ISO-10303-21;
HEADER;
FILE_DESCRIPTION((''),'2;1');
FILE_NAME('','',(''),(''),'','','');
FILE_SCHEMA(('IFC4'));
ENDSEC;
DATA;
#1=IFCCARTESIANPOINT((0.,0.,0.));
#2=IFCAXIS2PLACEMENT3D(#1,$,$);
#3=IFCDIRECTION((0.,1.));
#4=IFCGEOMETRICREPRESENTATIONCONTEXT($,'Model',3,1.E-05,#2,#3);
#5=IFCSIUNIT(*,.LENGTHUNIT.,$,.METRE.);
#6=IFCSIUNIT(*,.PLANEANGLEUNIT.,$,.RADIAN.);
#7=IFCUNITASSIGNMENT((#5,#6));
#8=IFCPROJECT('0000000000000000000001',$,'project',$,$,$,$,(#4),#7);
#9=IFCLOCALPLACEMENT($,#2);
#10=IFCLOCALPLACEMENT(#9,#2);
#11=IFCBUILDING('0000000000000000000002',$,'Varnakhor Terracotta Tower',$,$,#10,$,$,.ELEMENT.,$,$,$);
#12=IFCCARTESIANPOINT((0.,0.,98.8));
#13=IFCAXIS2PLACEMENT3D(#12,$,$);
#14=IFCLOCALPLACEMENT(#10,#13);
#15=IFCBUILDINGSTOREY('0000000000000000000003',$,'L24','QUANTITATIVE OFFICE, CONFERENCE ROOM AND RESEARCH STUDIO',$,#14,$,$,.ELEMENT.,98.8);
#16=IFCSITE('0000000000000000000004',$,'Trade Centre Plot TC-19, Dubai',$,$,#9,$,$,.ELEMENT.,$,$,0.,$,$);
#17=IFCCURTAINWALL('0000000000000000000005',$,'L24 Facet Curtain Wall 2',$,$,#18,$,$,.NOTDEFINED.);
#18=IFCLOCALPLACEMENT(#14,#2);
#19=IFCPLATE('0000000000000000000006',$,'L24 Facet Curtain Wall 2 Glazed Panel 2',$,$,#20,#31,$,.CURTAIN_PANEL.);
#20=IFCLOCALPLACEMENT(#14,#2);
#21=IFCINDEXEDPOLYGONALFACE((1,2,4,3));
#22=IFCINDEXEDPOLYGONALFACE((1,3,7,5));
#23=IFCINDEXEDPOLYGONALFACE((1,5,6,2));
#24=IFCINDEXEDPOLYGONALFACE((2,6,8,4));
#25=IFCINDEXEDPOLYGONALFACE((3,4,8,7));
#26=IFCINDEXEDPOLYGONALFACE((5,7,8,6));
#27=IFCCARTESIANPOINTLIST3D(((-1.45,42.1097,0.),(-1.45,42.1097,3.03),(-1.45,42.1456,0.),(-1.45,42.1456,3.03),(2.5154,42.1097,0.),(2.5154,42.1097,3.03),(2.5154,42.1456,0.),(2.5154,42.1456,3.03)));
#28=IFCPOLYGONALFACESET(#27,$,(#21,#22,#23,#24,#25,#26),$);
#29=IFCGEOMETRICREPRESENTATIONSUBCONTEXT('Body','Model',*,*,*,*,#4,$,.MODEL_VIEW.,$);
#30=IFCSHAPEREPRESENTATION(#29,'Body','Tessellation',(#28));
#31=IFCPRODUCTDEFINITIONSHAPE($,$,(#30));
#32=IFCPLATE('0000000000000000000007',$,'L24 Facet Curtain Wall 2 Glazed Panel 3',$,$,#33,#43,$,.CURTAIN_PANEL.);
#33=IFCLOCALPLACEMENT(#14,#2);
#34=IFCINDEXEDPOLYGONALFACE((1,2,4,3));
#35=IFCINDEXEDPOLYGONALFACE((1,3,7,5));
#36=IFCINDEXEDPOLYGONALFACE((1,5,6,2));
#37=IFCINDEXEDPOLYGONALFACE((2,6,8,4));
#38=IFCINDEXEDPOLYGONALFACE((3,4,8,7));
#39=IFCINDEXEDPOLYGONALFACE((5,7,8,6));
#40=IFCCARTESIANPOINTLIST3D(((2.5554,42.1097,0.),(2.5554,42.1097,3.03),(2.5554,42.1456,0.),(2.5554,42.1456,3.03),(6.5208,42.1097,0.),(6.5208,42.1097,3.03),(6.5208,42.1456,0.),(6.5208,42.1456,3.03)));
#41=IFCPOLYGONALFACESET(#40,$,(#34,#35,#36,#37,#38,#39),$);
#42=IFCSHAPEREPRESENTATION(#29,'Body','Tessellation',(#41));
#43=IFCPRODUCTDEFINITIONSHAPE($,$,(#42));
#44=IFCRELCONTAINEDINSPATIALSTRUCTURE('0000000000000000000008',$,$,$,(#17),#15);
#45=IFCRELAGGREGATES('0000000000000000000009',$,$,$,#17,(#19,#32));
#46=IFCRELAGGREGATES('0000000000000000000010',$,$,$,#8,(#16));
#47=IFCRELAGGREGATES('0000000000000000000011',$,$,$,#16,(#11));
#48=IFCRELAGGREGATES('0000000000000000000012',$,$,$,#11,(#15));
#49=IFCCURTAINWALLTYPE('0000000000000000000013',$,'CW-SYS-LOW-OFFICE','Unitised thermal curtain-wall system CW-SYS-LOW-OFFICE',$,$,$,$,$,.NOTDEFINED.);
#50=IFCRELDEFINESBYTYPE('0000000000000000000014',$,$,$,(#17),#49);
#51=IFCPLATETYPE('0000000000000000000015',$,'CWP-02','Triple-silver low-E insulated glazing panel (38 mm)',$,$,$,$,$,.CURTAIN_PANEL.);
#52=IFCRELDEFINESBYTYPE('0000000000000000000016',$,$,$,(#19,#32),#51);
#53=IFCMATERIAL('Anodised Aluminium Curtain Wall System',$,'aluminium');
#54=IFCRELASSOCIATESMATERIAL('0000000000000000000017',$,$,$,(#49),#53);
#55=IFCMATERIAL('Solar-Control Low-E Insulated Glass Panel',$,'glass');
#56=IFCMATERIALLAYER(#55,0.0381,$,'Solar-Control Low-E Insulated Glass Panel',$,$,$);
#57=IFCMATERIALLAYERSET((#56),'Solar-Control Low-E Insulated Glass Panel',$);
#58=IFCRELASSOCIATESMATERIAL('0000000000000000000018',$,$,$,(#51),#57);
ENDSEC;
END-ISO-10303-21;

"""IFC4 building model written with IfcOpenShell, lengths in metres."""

from ifc_helpers import new_model, si_unit, direction, frame, origin, origin_2d, place, context, subcontext, project, spatial, rectangle, extrude, source, transform, mapped, material, layer, layer_set, type_object, element, aggregate, save


model = new_model("IFC4")

# Units and contexts
model_context = context("Model", 3, precision=1e-05, world=origin(), true_north=direction((0.0, 1.0)))
body_context = subcontext(model_context, "Body", "Model", "MODEL_VIEW")
ifc_project = project(units=[si_unit("LENGTHUNIT", "METRE"), si_unit("PLANEANGLEUNIT", "RADIAN")], contexts=[model_context])

# Site, building, storey
site_placement = place(None, origin())
site = spatial("IfcSite", under=ifc_project, at=site_placement, Name="Trade Centre Plot TC-19, Dubai", CompositionType="ELEMENT", RefElevation=0.0)
building_placement = place(site_placement, origin())
building = spatial("IfcBuilding", under=site, at=building_placement, Name="Varnakhor Terracotta Tower", CompositionType="ELEMENT")
storey_placement = place(building_placement, frame((0.0, 0.0, 98.8)))
storey = spatial("IfcBuildingStorey", under=building, at=storey_placement, Name="L24", Description="QUANTITATIVE OFFICE, CONFERENCE ROOM AND RESEARCH STUDIO", CompositionType="ELEMENT", Elevation=98.8)

# Curtain wall
ifc_material_1 = material(Name="Anodised Aluminium Curtain Wall System", Category="aluminium")
curtain_wall_type = type_object("IfcCurtainWallType", Name="CW-SYS-LOW-OFFICE", Description="Unitised thermal curtain-wall system CW-SYS-LOW-OFFICE", PredefinedType="NOTDEFINED", material=ifc_material_1)
curtain_wall_1_placement = place(storey_placement, origin())
curtain_wall_1 = element("IfcCurtainWall", 1, at=curtain_wall_1_placement, inside=storey, type_object=curtain_wall_type, Name="L24 Facet Curtain Wall 2", PredefinedType="NOTDEFINED")

# Plates
ifc_material_2 = material(Name="Solar-Control Low-E Insulated Glass Panel", Category="glass")
ifc_layer = layer(ifc_material_2, 0.0381, Name="Solar-Control Low-E Insulated Glass Panel")
ifc_layer_set = layer_set([ifc_layer], Name="Solar-Control Low-E Insulated Glass Panel")
plate_type = type_object("IfcPlateType", Name="CWP-02", Description="Triple-silver low-E insulated glazing panel (38 mm)", PredefinedType="CURTAIN_PANEL", material=ifc_layer_set)
shared_shape_1 = source(origin(), body_context, "Body", "SweptSolid", [
    extrude(rectangle(XDim=3.9653, YDim=0.0359, at=origin_2d()), origin(), (0.0, 0.0, 1.0), 3.03),
])
plate_1_placement = place(storey_placement, frame((0.5327, 42.1277, 0.0), z_axis=(0.0, 0.0, 1.0), x_axis=(1.0, 0.0, 0.0)))
plate_1 = element("IfcPlate", 2, at=plate_1_placement, type_object=plate_type, Name="L24 Facet Curtain Wall 2 Glazed Panel 2", PredefinedType="CURTAIN_PANEL", context=body_context, shape_type="MappedRepresentation", body=[
    mapped(shared_shape_1, transform((0.0, 0.0, 0.0), scale=1.0)),
])
plate_2_placement = place(storey_placement, frame((4.5381, 42.1277, 0.0), z_axis=(0.0, 0.0, 1.0), x_axis=(1.0, 0.0, 0.0)))
plate_2 = element("IfcPlate", 3, at=plate_2_placement, type_object=plate_type, Name="L24 Facet Curtain Wall 2 Glazed Panel 3", PredefinedType="CURTAIN_PANEL", context=body_context, shape_type="MappedRepresentation", body=[
    mapped(shared_shape_1, transform((0.0, 0.0, 0.0), scale=1.0)),
])
aggregate(curtain_wall_1, [plate_1, plate_2])

save(model, "model.ifc")
